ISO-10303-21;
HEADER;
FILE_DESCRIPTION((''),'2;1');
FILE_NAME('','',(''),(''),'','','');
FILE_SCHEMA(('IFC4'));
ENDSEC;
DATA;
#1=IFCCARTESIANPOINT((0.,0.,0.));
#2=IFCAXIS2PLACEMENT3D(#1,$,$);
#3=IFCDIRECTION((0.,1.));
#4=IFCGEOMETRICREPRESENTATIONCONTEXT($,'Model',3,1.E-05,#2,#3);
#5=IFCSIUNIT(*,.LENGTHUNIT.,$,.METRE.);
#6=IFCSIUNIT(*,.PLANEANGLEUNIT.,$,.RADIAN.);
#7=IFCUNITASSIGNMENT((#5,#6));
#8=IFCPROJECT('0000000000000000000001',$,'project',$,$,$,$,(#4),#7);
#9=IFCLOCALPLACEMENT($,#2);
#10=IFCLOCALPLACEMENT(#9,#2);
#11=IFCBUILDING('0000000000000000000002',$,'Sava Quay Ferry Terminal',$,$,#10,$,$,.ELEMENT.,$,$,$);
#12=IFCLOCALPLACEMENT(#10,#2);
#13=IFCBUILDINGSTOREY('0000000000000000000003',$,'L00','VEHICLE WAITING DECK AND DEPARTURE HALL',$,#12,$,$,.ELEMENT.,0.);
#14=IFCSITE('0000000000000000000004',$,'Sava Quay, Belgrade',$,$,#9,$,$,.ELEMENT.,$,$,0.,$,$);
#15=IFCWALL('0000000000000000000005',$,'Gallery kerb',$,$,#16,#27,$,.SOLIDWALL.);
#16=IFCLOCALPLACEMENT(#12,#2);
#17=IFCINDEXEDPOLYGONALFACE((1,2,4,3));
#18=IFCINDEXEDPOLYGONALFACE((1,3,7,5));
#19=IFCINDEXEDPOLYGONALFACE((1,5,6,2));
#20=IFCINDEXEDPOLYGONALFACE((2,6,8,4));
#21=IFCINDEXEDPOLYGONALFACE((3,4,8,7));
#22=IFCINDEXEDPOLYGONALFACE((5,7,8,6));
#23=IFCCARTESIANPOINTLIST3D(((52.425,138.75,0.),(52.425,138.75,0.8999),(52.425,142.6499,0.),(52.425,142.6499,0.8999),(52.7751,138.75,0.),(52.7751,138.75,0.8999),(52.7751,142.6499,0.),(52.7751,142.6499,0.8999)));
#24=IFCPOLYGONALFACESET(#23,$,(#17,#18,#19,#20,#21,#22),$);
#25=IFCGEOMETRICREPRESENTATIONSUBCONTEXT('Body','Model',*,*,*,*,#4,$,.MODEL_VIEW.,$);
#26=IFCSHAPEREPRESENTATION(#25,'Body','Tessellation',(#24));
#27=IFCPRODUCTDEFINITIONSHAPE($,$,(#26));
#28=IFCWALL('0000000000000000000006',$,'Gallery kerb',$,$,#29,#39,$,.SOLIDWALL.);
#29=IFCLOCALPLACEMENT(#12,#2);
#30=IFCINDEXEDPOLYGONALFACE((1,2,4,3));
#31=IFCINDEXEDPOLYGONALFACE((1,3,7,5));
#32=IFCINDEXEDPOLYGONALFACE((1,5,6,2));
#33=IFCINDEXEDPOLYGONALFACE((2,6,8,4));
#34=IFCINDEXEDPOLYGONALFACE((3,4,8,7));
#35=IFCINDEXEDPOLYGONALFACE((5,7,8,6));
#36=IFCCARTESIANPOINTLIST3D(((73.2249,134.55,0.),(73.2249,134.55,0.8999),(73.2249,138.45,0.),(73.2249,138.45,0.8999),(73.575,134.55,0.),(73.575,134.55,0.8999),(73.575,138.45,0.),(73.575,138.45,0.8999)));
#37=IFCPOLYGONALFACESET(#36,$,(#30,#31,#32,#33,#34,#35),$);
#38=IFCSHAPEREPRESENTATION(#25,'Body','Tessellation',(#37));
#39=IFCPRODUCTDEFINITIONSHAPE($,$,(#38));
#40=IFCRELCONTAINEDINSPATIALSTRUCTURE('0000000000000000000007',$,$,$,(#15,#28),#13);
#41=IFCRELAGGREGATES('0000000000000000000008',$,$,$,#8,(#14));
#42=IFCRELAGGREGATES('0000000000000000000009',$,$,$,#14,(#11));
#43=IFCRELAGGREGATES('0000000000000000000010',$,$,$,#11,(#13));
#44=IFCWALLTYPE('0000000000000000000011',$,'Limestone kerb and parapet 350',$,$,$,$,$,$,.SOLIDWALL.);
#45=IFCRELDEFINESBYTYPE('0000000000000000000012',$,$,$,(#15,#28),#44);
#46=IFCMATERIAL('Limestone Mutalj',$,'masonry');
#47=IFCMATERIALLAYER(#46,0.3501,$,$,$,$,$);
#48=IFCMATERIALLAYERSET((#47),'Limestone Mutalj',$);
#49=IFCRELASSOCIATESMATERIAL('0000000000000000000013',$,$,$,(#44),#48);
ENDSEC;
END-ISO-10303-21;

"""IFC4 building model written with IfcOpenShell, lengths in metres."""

from ifc_helpers import new_model, si_unit, direction, frame, frame_2d, origin, place, context, subcontext, project, spatial, rectangle, extrude, material, layer, layer_set, type_object, element, save


model = new_model("IFC4")

# Units and contexts
model_context = context("Model", 3, precision=1e-05, world=origin(), true_north=direction((0.0, 1.0)))
body_context = subcontext(model_context, "Body", "Model", "MODEL_VIEW")
ifc_project = project(units=[si_unit("LENGTHUNIT", "METRE"), si_unit("PLANEANGLEUNIT", "RADIAN")], contexts=[model_context])

# Site, building, storey
site_placement = place(None, origin())
site = spatial("IfcSite", under=ifc_project, at=site_placement, Name="Sava Quay, Belgrade", CompositionType="ELEMENT", RefElevation=0.0)
building_placement = place(site_placement, origin())
building = spatial("IfcBuilding", under=site, at=building_placement, Name="Sava Quay Ferry Terminal", CompositionType="ELEMENT")
storey_placement = place(building_placement, origin())
storey = spatial("IfcBuildingStorey", under=building, at=storey_placement, Name="L00", Description="VEHICLE WAITING DECK AND DEPARTURE HALL", CompositionType="ELEMENT", Elevation=0.0)

# Walls
ifc_material_1 = material(Name="Limestone Mutalj", Category="masonry")
ifc_layer_1 = layer(ifc_material_1, 0.3501)
ifc_layer_set_1 = layer_set([ifc_layer_1], Name="Limestone Mutalj")
wall_type = type_object("IfcWallType", Name="Limestone kerb and parapet 350", PredefinedType="SOLIDWALL", material=ifc_layer_set_1)
for number, where, z_axis, x_axis, name in (
    (1, (52.6001, 138.75, 0.0), (0.0, 0.0, 1.0), (0.0, 1.0, 0.0), "Gallery kerb"),
    (2, (73.3999, 134.55, 0.0), (0.0, 0.0, 1.0), (0.0, 1.0, 0.0), "Gallery kerb"),
):
    element("IfcWall", number, at=place(storey_placement, frame(where, z_axis=z_axis, x_axis=x_axis)), inside=storey, type_object=wall_type, Name=name, PredefinedType="SOLIDWALL", context=body_context, shape_type="SweptSolid", body=[
        extrude(rectangle(XDim=3.8999, YDim=0.3501, at=frame_2d((1.95, 0.0))), origin(), (0.0, 0.0, 1.0), 0.8999),
    ])

save(model, "model.ifc")
